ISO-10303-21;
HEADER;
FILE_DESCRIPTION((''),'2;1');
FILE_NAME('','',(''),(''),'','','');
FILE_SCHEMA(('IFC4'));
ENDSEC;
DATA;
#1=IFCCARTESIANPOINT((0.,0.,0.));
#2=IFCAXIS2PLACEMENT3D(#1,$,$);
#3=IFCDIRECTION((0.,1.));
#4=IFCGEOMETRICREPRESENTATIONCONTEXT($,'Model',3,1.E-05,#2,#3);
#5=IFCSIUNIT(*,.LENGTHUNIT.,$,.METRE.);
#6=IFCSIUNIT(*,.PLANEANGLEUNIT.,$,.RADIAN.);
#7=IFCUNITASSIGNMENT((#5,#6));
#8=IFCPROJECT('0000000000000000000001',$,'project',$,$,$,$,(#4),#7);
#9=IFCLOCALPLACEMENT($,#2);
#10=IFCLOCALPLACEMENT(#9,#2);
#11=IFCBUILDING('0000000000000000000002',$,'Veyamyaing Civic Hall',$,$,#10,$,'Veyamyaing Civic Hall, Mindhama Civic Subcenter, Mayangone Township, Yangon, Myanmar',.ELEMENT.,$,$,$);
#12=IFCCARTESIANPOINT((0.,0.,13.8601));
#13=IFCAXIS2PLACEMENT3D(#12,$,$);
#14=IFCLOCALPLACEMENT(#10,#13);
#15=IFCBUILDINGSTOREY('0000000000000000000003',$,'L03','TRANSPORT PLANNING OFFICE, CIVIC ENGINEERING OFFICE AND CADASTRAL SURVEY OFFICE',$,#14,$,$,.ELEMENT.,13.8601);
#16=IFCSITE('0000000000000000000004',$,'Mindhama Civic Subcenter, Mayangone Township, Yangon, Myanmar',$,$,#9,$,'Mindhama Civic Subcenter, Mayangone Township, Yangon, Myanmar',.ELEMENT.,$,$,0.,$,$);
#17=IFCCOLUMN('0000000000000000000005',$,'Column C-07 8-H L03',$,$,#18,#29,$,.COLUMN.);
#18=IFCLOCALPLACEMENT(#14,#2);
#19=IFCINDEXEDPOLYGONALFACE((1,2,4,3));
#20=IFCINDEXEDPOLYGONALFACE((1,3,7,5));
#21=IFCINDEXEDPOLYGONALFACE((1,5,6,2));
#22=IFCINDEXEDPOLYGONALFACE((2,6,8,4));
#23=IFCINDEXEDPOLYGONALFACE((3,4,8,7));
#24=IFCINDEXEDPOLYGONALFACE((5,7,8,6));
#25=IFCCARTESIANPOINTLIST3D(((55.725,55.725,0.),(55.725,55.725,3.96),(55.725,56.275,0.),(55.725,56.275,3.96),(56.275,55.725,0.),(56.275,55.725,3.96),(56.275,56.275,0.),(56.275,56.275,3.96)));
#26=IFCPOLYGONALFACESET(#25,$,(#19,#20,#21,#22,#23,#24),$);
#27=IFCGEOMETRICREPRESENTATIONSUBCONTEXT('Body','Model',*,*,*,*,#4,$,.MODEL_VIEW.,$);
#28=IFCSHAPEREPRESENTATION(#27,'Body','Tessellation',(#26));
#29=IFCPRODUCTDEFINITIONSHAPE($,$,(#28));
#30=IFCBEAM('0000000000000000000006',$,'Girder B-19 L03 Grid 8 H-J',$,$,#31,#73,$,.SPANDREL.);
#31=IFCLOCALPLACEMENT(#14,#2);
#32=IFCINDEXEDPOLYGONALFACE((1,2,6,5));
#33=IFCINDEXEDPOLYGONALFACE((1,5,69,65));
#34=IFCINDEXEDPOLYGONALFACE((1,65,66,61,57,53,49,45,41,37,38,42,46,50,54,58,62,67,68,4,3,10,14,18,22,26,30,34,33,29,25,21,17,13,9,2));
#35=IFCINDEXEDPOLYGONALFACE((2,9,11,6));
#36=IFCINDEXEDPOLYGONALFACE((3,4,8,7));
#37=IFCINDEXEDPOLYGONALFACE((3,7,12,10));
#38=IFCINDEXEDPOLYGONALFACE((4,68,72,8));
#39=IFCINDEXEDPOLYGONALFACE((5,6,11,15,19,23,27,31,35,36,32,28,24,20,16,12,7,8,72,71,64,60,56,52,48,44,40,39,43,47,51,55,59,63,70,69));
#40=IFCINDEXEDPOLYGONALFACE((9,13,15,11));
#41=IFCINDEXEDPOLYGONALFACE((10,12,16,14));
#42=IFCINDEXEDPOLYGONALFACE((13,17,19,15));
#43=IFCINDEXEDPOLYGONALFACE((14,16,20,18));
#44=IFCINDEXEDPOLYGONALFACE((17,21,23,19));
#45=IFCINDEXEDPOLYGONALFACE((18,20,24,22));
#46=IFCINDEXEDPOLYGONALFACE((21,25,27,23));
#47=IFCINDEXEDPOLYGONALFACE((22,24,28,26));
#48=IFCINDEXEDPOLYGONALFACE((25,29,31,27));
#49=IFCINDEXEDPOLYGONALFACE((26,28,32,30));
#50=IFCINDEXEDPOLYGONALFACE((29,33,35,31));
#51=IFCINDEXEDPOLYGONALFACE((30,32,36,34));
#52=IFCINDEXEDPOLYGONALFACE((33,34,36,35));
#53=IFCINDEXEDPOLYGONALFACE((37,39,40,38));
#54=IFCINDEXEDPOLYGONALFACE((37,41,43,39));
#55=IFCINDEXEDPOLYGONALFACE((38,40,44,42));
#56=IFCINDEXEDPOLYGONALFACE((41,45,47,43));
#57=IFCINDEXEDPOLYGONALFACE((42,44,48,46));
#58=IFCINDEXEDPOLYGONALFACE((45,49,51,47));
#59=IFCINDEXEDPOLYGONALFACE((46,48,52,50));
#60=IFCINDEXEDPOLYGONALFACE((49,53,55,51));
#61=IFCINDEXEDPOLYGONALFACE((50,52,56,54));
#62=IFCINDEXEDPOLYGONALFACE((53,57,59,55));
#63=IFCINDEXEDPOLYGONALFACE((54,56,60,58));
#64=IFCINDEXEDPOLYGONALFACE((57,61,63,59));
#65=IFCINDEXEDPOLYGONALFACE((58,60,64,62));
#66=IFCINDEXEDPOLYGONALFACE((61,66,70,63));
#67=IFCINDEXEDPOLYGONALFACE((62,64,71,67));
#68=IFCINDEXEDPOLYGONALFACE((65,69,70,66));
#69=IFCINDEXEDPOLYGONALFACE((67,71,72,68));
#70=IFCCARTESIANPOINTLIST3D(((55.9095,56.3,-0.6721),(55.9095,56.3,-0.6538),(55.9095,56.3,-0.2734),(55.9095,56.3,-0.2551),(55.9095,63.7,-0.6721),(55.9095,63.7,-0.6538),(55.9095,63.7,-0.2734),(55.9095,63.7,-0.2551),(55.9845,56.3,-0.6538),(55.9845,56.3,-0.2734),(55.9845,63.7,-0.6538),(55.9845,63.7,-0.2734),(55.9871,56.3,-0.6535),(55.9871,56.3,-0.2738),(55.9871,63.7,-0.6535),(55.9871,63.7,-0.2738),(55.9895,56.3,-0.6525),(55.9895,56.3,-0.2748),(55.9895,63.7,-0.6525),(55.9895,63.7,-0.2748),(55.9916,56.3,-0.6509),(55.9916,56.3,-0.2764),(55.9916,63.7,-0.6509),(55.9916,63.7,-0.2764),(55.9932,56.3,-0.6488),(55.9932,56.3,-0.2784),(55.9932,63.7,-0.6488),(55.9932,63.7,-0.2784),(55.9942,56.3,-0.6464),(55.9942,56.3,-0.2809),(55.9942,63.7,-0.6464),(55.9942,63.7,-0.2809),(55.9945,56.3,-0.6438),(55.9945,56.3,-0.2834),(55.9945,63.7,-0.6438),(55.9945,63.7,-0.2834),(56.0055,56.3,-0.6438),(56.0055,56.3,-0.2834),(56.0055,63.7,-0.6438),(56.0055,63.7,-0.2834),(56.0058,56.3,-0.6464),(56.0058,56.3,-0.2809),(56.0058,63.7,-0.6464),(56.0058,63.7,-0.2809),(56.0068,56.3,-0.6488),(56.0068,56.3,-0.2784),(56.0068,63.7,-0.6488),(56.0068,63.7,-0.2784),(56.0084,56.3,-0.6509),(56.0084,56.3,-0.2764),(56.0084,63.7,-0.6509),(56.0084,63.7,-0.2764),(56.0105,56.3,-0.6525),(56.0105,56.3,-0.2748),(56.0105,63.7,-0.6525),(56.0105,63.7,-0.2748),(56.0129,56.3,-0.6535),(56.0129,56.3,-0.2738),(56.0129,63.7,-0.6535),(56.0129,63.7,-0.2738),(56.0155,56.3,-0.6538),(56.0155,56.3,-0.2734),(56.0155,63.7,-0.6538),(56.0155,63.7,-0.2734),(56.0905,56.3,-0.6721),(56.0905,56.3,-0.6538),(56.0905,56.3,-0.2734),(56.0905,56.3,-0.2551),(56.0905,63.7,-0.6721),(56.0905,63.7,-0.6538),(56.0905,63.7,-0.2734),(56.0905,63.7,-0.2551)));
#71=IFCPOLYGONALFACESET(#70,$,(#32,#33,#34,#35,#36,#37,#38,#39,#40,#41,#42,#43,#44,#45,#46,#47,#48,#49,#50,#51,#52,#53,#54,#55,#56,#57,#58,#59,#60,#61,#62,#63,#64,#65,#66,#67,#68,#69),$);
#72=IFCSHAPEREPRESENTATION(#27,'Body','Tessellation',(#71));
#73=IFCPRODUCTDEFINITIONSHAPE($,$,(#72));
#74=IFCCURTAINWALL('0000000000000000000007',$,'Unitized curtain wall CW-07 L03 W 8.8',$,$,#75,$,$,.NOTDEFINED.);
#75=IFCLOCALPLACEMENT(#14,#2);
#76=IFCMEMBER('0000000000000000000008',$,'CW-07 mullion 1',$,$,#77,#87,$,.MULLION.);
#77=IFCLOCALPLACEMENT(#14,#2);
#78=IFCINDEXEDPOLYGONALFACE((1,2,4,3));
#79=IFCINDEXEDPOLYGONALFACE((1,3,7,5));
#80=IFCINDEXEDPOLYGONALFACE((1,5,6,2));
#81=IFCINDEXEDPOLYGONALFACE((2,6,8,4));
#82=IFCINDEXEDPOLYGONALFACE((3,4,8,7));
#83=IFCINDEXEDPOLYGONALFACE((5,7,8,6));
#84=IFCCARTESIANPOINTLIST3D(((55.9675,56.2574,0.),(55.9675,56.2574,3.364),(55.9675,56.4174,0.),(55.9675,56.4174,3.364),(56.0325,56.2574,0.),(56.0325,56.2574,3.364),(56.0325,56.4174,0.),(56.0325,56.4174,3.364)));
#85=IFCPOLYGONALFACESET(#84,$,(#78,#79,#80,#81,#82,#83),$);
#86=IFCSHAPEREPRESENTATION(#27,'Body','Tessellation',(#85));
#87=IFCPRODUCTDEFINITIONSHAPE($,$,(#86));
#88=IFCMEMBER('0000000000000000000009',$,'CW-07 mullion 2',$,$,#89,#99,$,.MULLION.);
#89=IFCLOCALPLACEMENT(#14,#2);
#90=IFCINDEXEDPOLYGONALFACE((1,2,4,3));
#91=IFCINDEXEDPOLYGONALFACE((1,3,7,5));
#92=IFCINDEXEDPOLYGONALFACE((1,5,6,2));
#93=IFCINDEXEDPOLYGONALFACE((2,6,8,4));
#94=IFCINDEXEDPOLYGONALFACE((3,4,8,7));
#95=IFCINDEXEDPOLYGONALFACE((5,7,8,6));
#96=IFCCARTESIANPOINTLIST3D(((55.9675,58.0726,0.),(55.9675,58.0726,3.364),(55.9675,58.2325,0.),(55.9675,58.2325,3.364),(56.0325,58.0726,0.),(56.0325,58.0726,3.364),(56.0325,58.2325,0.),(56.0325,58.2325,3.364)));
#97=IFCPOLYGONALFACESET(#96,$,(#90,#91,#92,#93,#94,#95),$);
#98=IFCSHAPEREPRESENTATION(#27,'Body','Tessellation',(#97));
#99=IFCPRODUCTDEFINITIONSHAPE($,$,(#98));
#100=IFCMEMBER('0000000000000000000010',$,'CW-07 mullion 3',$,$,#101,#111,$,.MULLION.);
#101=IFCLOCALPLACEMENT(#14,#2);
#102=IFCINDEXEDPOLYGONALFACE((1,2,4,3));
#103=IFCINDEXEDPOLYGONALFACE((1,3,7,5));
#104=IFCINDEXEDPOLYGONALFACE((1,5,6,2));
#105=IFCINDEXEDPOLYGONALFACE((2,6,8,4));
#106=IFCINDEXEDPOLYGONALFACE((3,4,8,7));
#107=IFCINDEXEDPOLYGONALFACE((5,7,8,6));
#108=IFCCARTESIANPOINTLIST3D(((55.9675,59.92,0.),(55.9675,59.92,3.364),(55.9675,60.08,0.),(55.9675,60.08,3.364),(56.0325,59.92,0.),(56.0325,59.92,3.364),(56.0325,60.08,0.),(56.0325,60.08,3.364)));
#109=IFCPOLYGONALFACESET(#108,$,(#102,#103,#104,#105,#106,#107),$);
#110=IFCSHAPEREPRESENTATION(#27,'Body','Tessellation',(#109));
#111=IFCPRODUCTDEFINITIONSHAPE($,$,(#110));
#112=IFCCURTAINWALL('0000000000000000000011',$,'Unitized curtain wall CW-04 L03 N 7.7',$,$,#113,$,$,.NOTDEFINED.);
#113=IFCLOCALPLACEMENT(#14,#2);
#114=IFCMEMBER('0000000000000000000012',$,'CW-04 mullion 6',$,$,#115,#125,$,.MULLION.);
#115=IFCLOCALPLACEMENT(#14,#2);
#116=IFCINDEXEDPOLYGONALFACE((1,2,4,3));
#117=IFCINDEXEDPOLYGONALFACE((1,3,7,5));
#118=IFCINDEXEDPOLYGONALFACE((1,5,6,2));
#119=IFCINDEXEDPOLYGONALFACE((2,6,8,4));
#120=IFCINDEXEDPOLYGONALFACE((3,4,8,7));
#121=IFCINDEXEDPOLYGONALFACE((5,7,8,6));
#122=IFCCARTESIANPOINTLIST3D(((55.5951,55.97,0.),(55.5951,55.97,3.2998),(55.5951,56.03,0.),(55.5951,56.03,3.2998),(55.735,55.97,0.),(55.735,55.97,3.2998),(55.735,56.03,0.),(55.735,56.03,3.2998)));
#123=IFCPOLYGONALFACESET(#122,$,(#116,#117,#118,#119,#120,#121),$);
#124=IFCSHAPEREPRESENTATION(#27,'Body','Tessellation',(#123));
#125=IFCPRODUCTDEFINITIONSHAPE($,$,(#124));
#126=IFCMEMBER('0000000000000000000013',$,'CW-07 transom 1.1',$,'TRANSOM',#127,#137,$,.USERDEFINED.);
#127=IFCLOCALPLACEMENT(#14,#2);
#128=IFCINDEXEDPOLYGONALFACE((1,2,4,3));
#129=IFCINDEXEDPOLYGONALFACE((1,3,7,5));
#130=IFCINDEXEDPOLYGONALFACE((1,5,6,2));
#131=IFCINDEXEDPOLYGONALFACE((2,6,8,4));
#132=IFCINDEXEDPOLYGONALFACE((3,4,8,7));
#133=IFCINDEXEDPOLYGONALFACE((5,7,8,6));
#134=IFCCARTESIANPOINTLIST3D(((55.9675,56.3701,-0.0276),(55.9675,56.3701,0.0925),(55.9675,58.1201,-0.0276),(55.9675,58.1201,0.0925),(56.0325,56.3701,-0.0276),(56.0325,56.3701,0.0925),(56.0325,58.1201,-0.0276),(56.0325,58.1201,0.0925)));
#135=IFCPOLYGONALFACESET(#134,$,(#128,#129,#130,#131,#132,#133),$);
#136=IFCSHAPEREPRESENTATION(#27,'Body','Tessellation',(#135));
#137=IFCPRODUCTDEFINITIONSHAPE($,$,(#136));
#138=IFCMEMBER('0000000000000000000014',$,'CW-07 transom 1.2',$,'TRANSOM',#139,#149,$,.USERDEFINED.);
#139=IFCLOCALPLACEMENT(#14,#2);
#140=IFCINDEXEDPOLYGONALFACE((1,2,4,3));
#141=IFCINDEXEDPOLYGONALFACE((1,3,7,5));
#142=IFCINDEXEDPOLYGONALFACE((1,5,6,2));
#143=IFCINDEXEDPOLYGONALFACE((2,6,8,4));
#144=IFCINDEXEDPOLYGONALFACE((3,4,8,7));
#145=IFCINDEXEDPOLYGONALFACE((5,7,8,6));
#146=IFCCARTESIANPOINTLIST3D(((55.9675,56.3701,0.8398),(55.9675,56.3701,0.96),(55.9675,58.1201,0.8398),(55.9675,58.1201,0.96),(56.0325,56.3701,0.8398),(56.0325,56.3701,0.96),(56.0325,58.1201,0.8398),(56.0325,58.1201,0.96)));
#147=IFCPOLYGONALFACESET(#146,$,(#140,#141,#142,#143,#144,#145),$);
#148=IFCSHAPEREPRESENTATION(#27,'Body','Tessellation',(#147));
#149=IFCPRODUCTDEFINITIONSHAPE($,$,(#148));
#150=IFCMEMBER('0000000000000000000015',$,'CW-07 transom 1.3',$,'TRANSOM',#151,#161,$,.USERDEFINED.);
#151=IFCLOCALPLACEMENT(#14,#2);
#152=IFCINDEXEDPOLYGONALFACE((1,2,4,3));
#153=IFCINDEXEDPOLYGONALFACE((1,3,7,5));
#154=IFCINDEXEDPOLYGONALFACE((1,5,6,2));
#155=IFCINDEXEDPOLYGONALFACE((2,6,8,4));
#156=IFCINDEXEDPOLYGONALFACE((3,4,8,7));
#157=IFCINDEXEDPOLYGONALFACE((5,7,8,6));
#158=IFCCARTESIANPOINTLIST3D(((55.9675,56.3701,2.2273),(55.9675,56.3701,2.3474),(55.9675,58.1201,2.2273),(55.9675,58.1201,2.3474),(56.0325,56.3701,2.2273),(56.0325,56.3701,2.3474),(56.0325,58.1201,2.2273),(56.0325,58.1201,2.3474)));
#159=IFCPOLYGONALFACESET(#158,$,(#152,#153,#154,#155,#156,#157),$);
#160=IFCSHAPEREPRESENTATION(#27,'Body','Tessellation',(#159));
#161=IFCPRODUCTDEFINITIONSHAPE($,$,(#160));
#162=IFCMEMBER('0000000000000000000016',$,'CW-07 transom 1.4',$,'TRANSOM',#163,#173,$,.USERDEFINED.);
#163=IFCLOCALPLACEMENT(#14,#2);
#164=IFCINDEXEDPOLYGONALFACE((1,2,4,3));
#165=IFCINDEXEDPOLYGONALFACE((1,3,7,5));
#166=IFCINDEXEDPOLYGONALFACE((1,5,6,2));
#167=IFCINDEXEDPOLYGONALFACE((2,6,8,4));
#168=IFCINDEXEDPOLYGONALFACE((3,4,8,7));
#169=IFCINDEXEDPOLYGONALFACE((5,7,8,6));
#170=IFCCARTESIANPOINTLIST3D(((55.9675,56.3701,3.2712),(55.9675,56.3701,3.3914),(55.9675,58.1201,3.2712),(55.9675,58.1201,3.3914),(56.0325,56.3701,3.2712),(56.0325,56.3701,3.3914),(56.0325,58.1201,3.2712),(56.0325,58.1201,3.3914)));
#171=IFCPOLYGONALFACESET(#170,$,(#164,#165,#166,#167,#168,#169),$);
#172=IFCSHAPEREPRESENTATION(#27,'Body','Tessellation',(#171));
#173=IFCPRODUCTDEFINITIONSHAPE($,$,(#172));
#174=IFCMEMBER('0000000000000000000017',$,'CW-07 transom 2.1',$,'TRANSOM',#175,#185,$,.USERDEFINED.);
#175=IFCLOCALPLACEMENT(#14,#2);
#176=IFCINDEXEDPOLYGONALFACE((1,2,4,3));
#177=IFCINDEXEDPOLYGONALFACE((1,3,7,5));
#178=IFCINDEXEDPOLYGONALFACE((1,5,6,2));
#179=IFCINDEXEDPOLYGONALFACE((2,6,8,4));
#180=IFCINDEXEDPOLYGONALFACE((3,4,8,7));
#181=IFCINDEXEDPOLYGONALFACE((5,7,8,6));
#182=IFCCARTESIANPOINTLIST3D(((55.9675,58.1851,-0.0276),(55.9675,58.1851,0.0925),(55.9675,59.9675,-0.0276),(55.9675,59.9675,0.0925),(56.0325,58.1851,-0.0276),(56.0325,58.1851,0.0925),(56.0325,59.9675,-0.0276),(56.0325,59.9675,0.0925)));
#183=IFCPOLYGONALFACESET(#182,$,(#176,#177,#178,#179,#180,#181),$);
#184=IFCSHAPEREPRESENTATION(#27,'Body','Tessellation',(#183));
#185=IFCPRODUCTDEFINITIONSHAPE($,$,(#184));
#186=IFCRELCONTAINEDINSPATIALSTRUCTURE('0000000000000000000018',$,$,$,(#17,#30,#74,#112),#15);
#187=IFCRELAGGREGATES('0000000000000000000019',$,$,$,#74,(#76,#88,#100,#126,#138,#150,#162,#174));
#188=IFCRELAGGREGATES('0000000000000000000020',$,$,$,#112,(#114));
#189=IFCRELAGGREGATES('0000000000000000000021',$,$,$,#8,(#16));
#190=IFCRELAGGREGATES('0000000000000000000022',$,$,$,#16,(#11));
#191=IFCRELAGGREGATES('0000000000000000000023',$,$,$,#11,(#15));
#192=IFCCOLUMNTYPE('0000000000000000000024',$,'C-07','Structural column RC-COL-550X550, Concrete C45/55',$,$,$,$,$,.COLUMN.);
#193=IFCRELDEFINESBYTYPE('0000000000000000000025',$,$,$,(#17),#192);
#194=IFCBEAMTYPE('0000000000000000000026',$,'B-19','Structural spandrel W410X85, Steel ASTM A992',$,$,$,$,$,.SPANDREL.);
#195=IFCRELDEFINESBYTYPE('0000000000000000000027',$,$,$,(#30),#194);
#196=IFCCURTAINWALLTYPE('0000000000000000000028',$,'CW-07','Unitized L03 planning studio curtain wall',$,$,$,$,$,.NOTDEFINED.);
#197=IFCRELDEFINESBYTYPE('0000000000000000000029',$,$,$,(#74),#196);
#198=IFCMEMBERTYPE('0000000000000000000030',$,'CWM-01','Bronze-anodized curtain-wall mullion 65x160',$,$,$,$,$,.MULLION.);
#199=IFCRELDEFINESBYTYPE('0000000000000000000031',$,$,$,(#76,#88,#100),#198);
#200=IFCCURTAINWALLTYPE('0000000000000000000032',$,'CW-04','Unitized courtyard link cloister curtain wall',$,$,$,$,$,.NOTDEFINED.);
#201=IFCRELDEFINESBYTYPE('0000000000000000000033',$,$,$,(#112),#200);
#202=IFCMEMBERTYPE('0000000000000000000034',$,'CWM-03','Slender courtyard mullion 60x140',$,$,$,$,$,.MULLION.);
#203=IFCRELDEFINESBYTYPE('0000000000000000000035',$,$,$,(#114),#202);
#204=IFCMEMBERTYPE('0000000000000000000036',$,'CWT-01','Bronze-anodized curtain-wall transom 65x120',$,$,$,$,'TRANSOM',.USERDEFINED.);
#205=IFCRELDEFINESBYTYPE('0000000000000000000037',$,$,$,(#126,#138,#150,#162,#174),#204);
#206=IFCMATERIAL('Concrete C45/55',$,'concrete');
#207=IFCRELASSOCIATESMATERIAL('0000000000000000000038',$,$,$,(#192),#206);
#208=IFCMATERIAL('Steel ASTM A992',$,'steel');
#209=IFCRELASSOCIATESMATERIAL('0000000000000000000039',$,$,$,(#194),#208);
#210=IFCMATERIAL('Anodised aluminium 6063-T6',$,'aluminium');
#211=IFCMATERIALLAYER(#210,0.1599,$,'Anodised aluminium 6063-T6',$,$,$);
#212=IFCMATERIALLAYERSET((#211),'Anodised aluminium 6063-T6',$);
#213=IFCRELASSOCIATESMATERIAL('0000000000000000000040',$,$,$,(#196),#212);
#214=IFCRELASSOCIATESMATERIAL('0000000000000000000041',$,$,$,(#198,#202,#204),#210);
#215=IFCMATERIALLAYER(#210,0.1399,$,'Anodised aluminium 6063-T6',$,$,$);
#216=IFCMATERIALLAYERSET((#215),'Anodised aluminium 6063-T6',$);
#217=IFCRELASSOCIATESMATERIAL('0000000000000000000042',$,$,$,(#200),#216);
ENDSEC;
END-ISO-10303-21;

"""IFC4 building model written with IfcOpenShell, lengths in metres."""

from ifc_helpers import new_model, si_unit, direction, frame, origin, origin_2d, place, context, subcontext, project, spatial, rectangle, i_section, extrude, material, layer, layer_set, material_profile, profile_set, type_object, element, aggregate, save


model = new_model("IFC4")

# Units and contexts
model_context = context("Model", 3, precision=1e-05, world=origin(), true_north=direction((0.0, 1.0)))
body_context = subcontext(model_context, "Body", "Model", "MODEL_VIEW")
ifc_project = project(units=[si_unit("LENGTHUNIT", "METRE"), si_unit("PLANEANGLEUNIT", "RADIAN")], contexts=[model_context])

# Site, building, storey
site_placement = place(None, origin())
site = spatial("IfcSite", under=ifc_project, at=site_placement, Name="Mindhama Civic Subcenter, Mayangone Township, Yangon, Myanmar", LongName="Mindhama Civic Subcenter, Mayangone Township, Yangon, Myanmar", CompositionType="ELEMENT", RefElevation=0.0)
building_placement = place(site_placement, origin())
building = spatial("IfcBuilding", under=site, at=building_placement, Name="Veyamyaing Civic Hall", LongName="Veyamyaing Civic Hall, Mindhama Civic Subcenter, Mayangone Township, Yangon, Myanmar", CompositionType="ELEMENT")
storey_placement = place(building_placement, frame((0.0, 0.0, 13.8601)))
storey = spatial("IfcBuildingStorey", under=building, at=storey_placement, Name="L03", Description="TRANSPORT PLANNING OFFICE, CIVIC ENGINEERING OFFICE AND CADASTRAL SURVEY OFFICE", CompositionType="ELEMENT", Elevation=13.8601)

# Column
ifc_material_1 = material(Name="Concrete C45/55", Category="concrete")
ifc_material_profile_1 = material_profile(ifc_material_1, rectangle(XDim=0.55, YDim=0.55, at=origin_2d()), Name="RC-COL-550X550")
ifc_profile_set_1 = profile_set([ifc_material_profile_1], Name="Concrete C45/55")
column_type = type_object("IfcColumnType", Name="C-07", Description="Structural column RC-COL-550X550, Concrete C45/55", PredefinedType="COLUMN", material=ifc_profile_set_1)
column_placement = place(storey_placement, frame((56.0, 56.0, 0.0), z_axis=(0.0, 0.0, 1.0), x_axis=(1.0, 0.0, 0.0)))
element("IfcColumn", 1, at=column_placement, inside=storey, type_object=column_type, Name="Column C-07 8-H L03", PredefinedType="COLUMN", context=body_context, shape_type="SweptSolid", body=[
    extrude(rectangle(XDim=0.55, YDim=0.55, at=origin_2d()), origin(), (0.0, 0.0, 1.0), 3.96),
])

# Beam
ifc_material_2 = material(Name="Steel ASTM A992", Category="steel")
ifc_material_profile_2 = material_profile(ifc_material_2, i_section(OverallWidth=0.1809, OverallDepth=0.417, WebThickness=0.011, FlangeThickness=0.0183, FilletRadius=0.01, at=origin_2d()), Name="W410X85")
ifc_profile_set_2 = profile_set([ifc_material_profile_2], Name="Steel ASTM A992")
beam_type = type_object("IfcBeamType", Name="B-19", Description="Structural spandrel W410X85, Steel ASTM A992", PredefinedType="SPANDREL", material=ifc_profile_set_2)
beam_placement = place(storey_placement, frame((56.0, 56.3, -0.4636), z_axis=(0.0, 1.0, 0.0), x_axis=(-1.0, 0.0, 0.0)))
element("IfcBeam", 2, at=beam_placement, inside=storey, type_object=beam_type, Name="Girder B-19 L03 Grid 8 H-J", PredefinedType="SPANDREL", context=body_context, shape_type="SweptSolid", body=[
    extrude(i_section(OverallWidth=0.1809, OverallDepth=0.417, WebThickness=0.011, FlangeThickness=0.0183, FilletRadius=0.01, at=origin_2d()), origin(), (0.0, 0.0, 1.0), 7.3999),
])

# Curtain wall, members
ifc_material_3 = material(Name="Anodised aluminium 6063-T6", Category="aluminium")
ifc_layer_1 = layer(ifc_material_3, 0.1599, Name="Anodised aluminium 6063-T6")
ifc_layer_set_1 = layer_set([ifc_layer_1], Name="Anodised aluminium 6063-T6")
curtain_wall_type_1 = type_object("IfcCurtainWallType", Name="CW-07", Description="Unitized L03 planning studio curtain wall", PredefinedType="NOTDEFINED", material=ifc_layer_set_1)
curtain_wall_1_placement = place(storey_placement, origin())
curtain_wall_1 = element("IfcCurtainWall", 3, at=curtain_wall_1_placement, inside=storey, type_object=curtain_wall_type_1, Name="Unitized curtain wall CW-07 L03 W 8.8", PredefinedType="NOTDEFINED")
ifc_material_profile_3 = material_profile(ifc_material_3, rectangle(XDim=0.0649, YDim=0.1599, at=origin_2d()), Name="ALU-MUL-65X160")
ifc_profile_set_3 = profile_set([ifc_material_profile_3], Name="Anodised aluminium 6063-T6")
member_type_1 = type_object("IfcMemberType", Name="CWM-01", Description="Bronze-anodized curtain-wall mullion 65x160", PredefinedType="MULLION", material=ifc_profile_set_3)
member_1_placement = place(storey_placement, frame((56.0, 56.3374, 0.0), z_axis=(0.0, 0.0, 1.0), x_axis=(-1.0, 0.0, 0.0)))
member_1 = element("IfcMember", 4, at=member_1_placement, type_object=member_type_1, Name="CW-07 mullion 1", PredefinedType="MULLION", context=body_context, shape_type="SweptSolid", body=[
    extrude(rectangle(XDim=0.0649, YDim=0.1599, at=origin_2d()), origin(), (0.0, 0.0, 1.0), 3.364),
])
member_2_placement = place(storey_placement, frame((56.0, 58.1526, 0.0), z_axis=(0.0, 0.0, 1.0), x_axis=(-1.0, 0.0, 0.0)))
member_2 = element("IfcMember", 5, at=member_2_placement, type_object=member_type_1, Name="CW-07 mullion 2", PredefinedType="MULLION", context=body_context, shape_type="SweptSolid", body=[
    extrude(rectangle(XDim=0.0649, YDim=0.1599, at=origin_2d()), origin(), (0.0, 0.0, 1.0), 3.364),
])
member_3_placement = place(storey_placement, frame((56.0, 60.0, 0.0), z_axis=(0.0, 0.0, 1.0), x_axis=(-1.0, 0.0, 0.0)))
member_3 = element("IfcMember", 6, at=member_3_placement, type_object=member_type_1, Name="CW-07 mullion 3", PredefinedType="MULLION", context=body_context, shape_type="SweptSolid", body=[
    extrude(rectangle(XDim=0.0649, YDim=0.1599, at=origin_2d()), origin(), (0.0, 0.0, 1.0), 3.364),
])

# Curtain wall, member
ifc_layer_2 = layer(ifc_material_3, 0.1399, Name="Anodised aluminium 6063-T6")
ifc_layer_set_2 = layer_set([ifc_layer_2], Name="Anodised aluminium 6063-T6")
curtain_wall_type_2 = type_object("IfcCurtainWallType", Name="CW-04", Description="Unitized courtyard link cloister curtain wall", PredefinedType="NOTDEFINED", material=ifc_layer_set_2)
curtain_wall_2_placement = place(storey_placement, origin())
curtain_wall_2 = element("IfcCurtainWall", 7, at=curtain_wall_2_placement, inside=storey, type_object=curtain_wall_type_2, Name="Unitized curtain wall CW-04 L03 N 7.7", PredefinedType="NOTDEFINED")
ifc_material_profile_4 = material_profile(ifc_material_3, rectangle(XDim=0.0601, YDim=0.1399, at=origin_2d()), Name="ALU-MUL-60X140")
ifc_profile_set_4 = profile_set([ifc_material_profile_4], Name="Anodised aluminium 6063-T6")
member_type_2 = type_object("IfcMemberType", Name="CWM-03", Description="Slender courtyard mullion 60x140", PredefinedType="MULLION", material=ifc_profile_set_4)
member_4_placement = place(storey_placement, frame((55.665, 56.0, 0.0), z_axis=(0.0, 0.0, 1.0), x_axis=(0.0, 1.0, 0.0)))
member_4 = element("IfcMember", 8, at=member_4_placement, type_object=member_type_2, Name="CW-04 mullion 6", PredefinedType="MULLION", context=body_context, shape_type="SweptSolid", body=[
    extrude(rectangle(XDim=0.0601, YDim=0.1399, at=origin_2d()), origin(), (0.0, 0.0, 1.0), 3.2998),
])

# Members
ifc_material_profile_5 = material_profile(ifc_material_3, rectangle(XDim=0.0649, YDim=0.1201, at=origin_2d()), Name="ALU-TRN-65X120")
ifc_profile_set_5 = profile_set([ifc_material_profile_5], Name="Anodised aluminium 6063-T6")
member_type_3 = type_object("IfcMemberType", Name="CWT-01", Description="Bronze-anodized curtain-wall transom 65x120", ElementType="TRANSOM", PredefinedType="USERDEFINED", material=ifc_profile_set_5)
member_5_placement = place(storey_placement, frame((56.0, 56.3701, 0.0325), z_axis=(0.0, 1.0, 0.0), x_axis=(-1.0, 0.0, 0.0)))
member_5 = element("IfcMember", 9, at=member_5_placement, type_object=member_type_3, Name="CW-07 transom 1.1", ObjectType="TRANSOM", PredefinedType="USERDEFINED", context=body_context, shape_type="SweptSolid", body=[
    extrude(rectangle(XDim=0.0649, YDim=0.1201, at=origin_2d()), origin(), (0.0, 0.0, 1.0), 1.75),
])
member_6_placement = place(storey_placement, frame((56.0, 56.3701, 0.8999), z_axis=(0.0, 1.0, 0.0), x_axis=(-1.0, 0.0, 0.0)))
member_6 = element("IfcMember", 10, at=member_6_placement, type_object=member_type_3, Name="CW-07 transom 1.2", ObjectType="TRANSOM", PredefinedType="USERDEFINED", context=body_context, shape_type="SweptSolid", body=[
    extrude(rectangle(XDim=0.0649, YDim=0.1201, at=origin_2d()), origin(), (0.0, 0.0, 1.0), 1.75),
])
member_7_placement = place(storey_placement, frame((56.0, 56.3701, 2.2874), z_axis=(0.0, 1.0, 0.0), x_axis=(-1.0, 0.0, 0.0)))
member_7 = element("IfcMember", 11, at=member_7_placement, type_object=member_type_3, Name="CW-07 transom 1.3", ObjectType="TRANSOM", PredefinedType="USERDEFINED", context=body_context, shape_type="SweptSolid", body=[
    extrude(rectangle(XDim=0.0649, YDim=0.1201, at=origin_2d()), origin(), (0.0, 0.0, 1.0), 1.75),
])
member_8_placement = place(storey_placement, frame((56.0, 56.3701, 3.3313), z_axis=(0.0, 1.0, 0.0), x_axis=(-1.0, 0.0, 0.0)))
member_8 = element("IfcMember", 12, at=member_8_placement, type_object=member_type_3, Name="CW-07 transom 1.4", ObjectType="TRANSOM", PredefinedType="USERDEFINED", context=body_context, shape_type="SweptSolid", body=[
    extrude(rectangle(XDim=0.0649, YDim=0.1201, at=origin_2d()), origin(), (0.0, 0.0, 1.0), 1.75),
])
member_9_placement = place(storey_placement, frame((56.0, 58.1851, 0.0325), z_axis=(0.0, 1.0, 0.0), x_axis=(-1.0, 0.0, 0.0)))
member_9 = element("IfcMember", 13, at=member_9_placement, type_object=member_type_3, Name="CW-07 transom 2.1", ObjectType="TRANSOM", PredefinedType="USERDEFINED", context=body_context, shape_type="SweptSolid", body=[
    extrude(rectangle(XDim=0.0649, YDim=0.1201, at=origin_2d()), origin(), (0.0, 0.0, 1.0), 1.7825),
])

aggregate(curtain_wall_1, [member_1, member_2, member_3, member_5, member_6, member_7, member_8, member_9])
aggregate(curtain_wall_2, [member_4])

save(model, "model.ifc")
